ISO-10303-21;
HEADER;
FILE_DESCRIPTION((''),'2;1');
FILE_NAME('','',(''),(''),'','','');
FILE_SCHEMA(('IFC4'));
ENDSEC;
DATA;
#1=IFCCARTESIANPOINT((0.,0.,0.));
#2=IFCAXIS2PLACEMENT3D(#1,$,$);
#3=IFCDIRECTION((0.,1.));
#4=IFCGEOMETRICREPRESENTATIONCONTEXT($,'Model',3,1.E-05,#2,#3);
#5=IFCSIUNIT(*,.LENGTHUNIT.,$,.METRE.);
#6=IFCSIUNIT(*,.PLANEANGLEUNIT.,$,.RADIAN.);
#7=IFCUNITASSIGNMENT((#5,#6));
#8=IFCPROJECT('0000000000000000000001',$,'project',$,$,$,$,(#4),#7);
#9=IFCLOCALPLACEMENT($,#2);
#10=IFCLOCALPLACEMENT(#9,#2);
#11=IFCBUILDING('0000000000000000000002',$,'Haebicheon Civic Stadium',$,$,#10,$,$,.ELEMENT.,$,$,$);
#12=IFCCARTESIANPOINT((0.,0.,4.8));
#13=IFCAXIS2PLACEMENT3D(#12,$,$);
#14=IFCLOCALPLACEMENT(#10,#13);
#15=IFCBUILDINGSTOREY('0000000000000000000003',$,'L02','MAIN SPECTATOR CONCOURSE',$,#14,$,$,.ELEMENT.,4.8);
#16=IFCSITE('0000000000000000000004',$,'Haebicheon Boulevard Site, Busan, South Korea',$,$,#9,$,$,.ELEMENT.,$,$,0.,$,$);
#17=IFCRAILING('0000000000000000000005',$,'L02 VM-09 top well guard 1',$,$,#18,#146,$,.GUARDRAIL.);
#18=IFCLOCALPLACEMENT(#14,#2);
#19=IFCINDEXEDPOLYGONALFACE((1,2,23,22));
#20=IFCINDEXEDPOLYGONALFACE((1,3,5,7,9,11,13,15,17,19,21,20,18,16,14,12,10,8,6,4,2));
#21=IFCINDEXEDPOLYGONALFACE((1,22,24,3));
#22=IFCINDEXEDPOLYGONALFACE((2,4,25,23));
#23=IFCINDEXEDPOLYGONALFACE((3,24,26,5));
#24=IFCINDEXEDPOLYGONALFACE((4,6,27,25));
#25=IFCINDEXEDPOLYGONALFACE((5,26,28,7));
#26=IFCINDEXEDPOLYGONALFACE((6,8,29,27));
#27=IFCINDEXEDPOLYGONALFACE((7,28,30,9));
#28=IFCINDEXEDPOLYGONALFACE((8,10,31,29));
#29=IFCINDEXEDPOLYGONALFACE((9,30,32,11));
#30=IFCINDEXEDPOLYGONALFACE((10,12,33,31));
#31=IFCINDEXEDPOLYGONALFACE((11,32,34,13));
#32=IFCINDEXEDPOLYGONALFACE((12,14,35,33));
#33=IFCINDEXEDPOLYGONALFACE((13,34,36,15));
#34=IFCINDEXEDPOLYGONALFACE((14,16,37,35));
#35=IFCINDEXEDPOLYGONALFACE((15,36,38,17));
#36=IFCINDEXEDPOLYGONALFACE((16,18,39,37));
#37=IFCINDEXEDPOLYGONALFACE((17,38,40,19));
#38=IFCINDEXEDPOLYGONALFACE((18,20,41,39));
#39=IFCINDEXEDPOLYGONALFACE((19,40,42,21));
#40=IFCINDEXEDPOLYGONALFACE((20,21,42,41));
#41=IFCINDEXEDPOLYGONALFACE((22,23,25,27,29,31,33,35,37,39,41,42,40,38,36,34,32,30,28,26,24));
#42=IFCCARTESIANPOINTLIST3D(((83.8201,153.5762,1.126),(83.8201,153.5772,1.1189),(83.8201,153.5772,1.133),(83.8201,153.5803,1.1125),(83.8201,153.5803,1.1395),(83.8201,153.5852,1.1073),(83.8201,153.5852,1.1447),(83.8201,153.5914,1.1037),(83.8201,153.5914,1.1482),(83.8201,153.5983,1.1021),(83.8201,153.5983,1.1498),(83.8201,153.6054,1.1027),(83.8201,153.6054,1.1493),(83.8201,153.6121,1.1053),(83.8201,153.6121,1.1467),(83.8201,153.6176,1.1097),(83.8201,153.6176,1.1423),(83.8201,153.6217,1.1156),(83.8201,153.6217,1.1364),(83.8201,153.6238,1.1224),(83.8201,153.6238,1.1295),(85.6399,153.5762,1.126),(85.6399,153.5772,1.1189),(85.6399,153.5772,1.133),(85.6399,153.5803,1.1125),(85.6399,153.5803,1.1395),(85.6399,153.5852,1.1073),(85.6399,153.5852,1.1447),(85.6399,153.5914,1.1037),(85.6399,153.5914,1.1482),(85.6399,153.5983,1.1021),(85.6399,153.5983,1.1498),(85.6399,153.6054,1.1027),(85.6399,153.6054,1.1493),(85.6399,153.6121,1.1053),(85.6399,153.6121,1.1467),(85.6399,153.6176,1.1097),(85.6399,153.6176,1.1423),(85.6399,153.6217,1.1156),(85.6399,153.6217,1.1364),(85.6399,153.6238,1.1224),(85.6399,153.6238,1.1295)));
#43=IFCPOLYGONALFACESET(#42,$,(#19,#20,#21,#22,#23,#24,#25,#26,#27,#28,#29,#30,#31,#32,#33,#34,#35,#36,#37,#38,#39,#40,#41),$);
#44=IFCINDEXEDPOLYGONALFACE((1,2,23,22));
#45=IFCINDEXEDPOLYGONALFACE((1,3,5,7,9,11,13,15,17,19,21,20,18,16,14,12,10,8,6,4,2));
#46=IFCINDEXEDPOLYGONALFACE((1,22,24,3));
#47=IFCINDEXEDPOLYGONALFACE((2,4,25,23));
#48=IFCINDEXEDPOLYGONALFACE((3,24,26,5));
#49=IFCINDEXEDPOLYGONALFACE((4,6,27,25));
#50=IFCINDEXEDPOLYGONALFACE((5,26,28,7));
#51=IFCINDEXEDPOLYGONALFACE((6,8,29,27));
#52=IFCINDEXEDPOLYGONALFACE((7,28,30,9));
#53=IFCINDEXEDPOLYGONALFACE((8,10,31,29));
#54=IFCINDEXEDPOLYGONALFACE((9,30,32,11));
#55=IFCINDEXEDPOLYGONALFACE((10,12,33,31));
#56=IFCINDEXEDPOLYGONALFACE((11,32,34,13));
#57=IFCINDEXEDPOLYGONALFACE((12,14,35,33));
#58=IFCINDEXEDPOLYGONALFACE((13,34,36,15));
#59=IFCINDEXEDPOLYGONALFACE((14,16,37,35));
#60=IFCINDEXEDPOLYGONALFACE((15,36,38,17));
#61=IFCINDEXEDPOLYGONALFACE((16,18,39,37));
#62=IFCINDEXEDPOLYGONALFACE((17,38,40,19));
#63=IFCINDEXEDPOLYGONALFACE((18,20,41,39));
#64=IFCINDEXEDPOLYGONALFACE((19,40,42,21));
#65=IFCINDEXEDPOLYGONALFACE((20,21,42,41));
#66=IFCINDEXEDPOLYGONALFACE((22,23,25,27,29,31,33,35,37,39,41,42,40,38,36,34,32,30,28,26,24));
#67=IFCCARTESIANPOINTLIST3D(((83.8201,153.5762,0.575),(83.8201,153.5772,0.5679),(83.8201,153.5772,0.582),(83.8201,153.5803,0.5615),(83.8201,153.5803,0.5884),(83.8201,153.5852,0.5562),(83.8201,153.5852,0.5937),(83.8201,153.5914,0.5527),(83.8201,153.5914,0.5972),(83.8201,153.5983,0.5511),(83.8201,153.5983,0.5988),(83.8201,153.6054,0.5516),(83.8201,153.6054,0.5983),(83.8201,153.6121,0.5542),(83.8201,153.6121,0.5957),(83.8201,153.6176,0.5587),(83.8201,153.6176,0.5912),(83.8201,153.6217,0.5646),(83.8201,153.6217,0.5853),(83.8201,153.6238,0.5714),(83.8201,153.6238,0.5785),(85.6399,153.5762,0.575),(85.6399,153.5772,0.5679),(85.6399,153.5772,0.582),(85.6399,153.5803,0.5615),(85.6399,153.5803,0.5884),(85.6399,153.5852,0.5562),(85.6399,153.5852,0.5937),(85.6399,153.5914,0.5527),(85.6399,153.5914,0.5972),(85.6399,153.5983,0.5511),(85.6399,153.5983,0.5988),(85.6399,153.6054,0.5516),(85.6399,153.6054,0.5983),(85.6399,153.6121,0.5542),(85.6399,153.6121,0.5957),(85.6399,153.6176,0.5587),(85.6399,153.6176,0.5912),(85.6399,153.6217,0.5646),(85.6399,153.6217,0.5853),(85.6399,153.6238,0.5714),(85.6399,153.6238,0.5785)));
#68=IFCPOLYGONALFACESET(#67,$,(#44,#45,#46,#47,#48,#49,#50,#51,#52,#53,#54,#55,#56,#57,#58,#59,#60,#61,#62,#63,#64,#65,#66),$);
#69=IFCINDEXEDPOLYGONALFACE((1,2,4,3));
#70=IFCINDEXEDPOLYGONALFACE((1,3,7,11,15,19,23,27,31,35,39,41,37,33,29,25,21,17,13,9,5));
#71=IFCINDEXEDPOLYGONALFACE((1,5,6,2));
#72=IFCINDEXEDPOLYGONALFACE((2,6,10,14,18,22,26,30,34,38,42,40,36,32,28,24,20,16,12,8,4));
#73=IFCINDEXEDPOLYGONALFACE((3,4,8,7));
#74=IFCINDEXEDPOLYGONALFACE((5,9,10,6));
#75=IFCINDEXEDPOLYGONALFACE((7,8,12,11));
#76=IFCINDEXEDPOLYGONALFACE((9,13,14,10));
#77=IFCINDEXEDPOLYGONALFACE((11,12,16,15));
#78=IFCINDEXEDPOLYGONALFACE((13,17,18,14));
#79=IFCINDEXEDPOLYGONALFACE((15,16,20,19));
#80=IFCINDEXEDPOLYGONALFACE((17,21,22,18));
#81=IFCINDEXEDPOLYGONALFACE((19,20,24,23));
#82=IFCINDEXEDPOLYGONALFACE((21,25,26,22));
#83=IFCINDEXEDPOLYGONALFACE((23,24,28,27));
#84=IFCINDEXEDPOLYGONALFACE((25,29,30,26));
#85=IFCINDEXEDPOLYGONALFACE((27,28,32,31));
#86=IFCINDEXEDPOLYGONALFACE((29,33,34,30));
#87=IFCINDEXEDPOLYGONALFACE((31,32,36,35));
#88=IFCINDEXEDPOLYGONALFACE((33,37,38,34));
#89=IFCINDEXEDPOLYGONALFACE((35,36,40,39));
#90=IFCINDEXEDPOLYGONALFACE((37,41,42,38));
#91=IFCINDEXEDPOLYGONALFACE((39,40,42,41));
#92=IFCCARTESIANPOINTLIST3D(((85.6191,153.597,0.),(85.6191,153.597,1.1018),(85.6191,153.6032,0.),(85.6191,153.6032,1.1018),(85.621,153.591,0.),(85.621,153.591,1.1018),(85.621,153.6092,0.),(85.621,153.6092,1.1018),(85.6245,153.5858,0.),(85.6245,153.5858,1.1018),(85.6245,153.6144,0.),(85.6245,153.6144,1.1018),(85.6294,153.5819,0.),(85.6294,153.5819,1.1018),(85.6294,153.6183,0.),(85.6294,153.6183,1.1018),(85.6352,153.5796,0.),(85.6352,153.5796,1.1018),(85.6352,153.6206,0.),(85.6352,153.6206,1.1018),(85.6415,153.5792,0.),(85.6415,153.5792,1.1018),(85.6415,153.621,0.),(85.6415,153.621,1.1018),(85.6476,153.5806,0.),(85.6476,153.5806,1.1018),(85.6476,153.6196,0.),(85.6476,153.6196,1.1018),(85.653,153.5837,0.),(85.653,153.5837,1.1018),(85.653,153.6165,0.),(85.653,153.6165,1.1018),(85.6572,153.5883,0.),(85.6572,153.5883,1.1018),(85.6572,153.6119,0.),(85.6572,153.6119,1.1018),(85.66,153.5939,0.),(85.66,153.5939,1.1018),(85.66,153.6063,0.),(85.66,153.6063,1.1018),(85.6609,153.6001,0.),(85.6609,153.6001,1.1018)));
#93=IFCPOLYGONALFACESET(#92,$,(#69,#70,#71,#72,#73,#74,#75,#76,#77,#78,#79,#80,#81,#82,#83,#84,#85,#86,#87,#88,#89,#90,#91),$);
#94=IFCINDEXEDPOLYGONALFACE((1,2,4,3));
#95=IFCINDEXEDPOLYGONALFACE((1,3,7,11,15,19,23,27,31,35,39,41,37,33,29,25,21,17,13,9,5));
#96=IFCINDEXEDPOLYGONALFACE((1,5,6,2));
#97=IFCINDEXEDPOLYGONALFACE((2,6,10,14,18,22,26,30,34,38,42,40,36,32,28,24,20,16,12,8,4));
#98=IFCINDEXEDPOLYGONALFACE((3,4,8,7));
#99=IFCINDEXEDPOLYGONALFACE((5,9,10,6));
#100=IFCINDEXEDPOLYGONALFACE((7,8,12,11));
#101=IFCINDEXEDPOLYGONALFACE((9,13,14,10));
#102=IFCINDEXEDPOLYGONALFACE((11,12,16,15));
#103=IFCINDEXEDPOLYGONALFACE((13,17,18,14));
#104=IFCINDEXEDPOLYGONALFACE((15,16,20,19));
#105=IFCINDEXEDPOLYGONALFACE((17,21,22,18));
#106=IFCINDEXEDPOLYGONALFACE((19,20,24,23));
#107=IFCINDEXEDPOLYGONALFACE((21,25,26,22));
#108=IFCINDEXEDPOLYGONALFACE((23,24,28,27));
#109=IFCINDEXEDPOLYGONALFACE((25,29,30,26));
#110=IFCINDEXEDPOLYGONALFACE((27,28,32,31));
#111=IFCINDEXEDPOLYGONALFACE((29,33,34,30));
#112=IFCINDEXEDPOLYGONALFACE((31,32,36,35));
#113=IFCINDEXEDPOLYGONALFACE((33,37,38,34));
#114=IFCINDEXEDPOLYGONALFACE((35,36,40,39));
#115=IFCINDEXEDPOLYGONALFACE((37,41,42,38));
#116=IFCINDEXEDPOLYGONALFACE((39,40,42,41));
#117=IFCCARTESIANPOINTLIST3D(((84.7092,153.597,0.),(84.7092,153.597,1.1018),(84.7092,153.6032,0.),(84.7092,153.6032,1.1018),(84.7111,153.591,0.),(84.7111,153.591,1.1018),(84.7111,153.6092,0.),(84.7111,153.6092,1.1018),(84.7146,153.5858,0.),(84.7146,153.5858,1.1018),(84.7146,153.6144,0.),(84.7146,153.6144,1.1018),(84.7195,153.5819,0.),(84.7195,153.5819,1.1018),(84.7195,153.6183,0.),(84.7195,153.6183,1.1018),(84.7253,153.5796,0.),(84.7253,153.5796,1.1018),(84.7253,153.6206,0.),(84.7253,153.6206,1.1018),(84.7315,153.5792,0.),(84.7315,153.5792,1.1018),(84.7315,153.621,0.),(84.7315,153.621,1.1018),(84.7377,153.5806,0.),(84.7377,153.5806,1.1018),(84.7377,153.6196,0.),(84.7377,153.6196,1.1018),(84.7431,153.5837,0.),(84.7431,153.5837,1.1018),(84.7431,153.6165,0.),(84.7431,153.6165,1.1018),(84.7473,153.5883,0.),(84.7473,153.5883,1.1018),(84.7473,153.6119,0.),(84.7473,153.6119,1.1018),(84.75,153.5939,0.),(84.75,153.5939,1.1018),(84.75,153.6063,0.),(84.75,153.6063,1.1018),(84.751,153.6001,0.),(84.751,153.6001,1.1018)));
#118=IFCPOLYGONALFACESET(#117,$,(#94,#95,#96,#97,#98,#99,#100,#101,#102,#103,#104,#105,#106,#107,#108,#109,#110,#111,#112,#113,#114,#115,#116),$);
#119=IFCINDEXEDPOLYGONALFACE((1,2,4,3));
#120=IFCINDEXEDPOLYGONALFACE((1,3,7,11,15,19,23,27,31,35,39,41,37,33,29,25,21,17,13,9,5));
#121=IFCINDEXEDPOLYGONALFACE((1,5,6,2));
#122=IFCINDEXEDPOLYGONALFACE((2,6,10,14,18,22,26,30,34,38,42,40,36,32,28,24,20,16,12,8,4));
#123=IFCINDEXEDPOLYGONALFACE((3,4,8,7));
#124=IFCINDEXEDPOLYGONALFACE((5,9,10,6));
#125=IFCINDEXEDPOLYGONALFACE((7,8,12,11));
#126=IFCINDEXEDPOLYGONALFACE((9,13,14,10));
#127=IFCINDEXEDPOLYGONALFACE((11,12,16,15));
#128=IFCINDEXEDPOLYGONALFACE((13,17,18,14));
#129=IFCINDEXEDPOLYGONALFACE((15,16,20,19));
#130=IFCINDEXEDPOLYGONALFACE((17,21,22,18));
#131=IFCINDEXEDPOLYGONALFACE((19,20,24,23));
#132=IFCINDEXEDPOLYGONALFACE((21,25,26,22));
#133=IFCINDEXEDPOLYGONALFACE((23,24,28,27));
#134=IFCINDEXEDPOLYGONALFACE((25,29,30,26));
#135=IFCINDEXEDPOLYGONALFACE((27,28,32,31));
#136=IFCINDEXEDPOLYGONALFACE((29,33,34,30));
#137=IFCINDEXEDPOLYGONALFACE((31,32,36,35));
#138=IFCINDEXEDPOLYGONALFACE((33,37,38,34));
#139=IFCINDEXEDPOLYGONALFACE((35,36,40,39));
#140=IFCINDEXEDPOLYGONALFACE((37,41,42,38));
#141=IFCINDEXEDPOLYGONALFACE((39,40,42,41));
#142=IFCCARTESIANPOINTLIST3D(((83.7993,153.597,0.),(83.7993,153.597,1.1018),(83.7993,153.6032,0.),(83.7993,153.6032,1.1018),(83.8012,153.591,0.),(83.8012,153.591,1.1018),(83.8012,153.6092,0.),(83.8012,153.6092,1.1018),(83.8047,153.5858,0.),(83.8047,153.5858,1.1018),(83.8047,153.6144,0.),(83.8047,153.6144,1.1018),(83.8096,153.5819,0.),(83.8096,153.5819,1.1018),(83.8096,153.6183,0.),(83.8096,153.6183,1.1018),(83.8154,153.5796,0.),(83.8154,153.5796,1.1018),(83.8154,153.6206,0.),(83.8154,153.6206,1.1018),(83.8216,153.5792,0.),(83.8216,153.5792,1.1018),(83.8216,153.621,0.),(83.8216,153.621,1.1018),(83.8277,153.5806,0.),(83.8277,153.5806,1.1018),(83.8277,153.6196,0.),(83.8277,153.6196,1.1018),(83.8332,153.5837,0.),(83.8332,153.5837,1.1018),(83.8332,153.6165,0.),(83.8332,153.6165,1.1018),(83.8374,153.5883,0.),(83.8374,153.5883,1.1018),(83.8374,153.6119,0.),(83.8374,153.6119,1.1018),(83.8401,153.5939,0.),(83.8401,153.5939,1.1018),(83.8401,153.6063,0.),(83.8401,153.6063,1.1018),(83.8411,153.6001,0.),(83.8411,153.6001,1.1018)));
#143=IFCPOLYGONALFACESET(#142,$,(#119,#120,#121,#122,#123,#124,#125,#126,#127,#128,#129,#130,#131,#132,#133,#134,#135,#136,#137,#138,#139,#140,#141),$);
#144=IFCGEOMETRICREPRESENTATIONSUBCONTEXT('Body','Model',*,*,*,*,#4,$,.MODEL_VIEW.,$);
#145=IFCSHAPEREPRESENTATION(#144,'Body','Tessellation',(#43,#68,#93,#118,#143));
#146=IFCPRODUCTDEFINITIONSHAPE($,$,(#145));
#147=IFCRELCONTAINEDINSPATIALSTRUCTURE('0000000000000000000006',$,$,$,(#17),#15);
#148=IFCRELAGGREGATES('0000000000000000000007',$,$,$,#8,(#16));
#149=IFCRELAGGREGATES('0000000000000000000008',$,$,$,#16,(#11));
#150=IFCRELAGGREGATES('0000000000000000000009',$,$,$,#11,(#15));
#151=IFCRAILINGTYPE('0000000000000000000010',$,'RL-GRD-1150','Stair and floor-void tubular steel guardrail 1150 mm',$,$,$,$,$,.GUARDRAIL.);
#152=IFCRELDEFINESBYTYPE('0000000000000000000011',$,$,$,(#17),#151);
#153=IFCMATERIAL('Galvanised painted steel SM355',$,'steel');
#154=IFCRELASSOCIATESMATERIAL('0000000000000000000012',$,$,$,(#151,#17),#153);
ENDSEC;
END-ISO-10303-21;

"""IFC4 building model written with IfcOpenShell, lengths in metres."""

from ifc_helpers import new_model, si_unit, direction, frame, origin, origin_2d, place, context, subcontext, project, spatial, circle, extrude, material, type_object, element, save


model = new_model("IFC4")

# Units and contexts
model_context = context("Model", 3, precision=1e-05, world=origin(), true_north=direction((0.0, 1.0)))
body_context = subcontext(model_context, "Body", "Model", "MODEL_VIEW")
ifc_project = project(units=[si_unit("LENGTHUNIT", "METRE"), si_unit("PLANEANGLEUNIT", "RADIAN")], contexts=[model_context])

# Site, building, storey
site_placement = place(None, origin())
site = spatial("IfcSite", under=ifc_project, at=site_placement, Name="Haebicheon Boulevard Site, Busan, South Korea", CompositionType="ELEMENT", RefElevation=0.0)
building_placement = place(site_placement, origin())
building = spatial("IfcBuilding", under=site, at=building_placement, Name="Haebicheon Civic Stadium", CompositionType="ELEMENT")
storey_placement = place(building_placement, frame((0.0, 0.0, 4.8)))
storey = spatial("IfcBuildingStorey", under=building, at=storey_placement, Name="L02", Description="MAIN SPECTATOR CONCOURSE", CompositionType="ELEMENT", Elevation=4.8)

# Railing
ifc_material_1 = material(Name="Galvanised painted steel SM355", Category="steel")
railing_type_1 = type_object("IfcRailingType", Name="RL-GRD-1150", Description="Stair and floor-void tubular steel guardrail 1150 mm", PredefinedType="GUARDRAIL", material=ifc_material_1)
railing_1_placement = place(storey_placement, frame((85.6399, 153.6001, 0.0)))
element("IfcRailing", 1, at=railing_1_placement, inside=storey, type_object=railing_type_1, material=ifc_material_1, Name="L02 VM-09 top well guard 1", PredefinedType="GUARDRAIL", context=body_context, shape_type="SweptSolid", body=[
    extrude(circle(Radius=0.0239, at=origin_2d()), frame((0.0, 0.0, 1.126), z_axis=(-1.0, 0.0, 0.0), x_axis=(0.0, -1.0, 0.0)), (0.0, 0.0, 1.0), 1.8198),
    extrude(circle(Radius=0.0239, at=origin_2d()), frame((0.0, 0.0, 0.575), z_axis=(-1.0, 0.0, 0.0), x_axis=(0.0, -1.0, 0.0)), (0.0, 0.0, 1.0), 1.8198),
    extrude(circle(Radius=0.021, at=origin_2d()), origin(), (0.0, 0.0, 1.0), 1.1018),
    extrude(circle(Radius=0.021, at=origin_2d()), frame((-0.9099, 0.0, 0.0)), (0.0, 0.0, 1.0), 1.1018),
    extrude(circle(Radius=0.021, at=origin_2d()), frame((-1.8198, 0.0, 0.0)), (0.0, 0.0, 1.0), 1.1018),
])

save(model, "model.ifc")
